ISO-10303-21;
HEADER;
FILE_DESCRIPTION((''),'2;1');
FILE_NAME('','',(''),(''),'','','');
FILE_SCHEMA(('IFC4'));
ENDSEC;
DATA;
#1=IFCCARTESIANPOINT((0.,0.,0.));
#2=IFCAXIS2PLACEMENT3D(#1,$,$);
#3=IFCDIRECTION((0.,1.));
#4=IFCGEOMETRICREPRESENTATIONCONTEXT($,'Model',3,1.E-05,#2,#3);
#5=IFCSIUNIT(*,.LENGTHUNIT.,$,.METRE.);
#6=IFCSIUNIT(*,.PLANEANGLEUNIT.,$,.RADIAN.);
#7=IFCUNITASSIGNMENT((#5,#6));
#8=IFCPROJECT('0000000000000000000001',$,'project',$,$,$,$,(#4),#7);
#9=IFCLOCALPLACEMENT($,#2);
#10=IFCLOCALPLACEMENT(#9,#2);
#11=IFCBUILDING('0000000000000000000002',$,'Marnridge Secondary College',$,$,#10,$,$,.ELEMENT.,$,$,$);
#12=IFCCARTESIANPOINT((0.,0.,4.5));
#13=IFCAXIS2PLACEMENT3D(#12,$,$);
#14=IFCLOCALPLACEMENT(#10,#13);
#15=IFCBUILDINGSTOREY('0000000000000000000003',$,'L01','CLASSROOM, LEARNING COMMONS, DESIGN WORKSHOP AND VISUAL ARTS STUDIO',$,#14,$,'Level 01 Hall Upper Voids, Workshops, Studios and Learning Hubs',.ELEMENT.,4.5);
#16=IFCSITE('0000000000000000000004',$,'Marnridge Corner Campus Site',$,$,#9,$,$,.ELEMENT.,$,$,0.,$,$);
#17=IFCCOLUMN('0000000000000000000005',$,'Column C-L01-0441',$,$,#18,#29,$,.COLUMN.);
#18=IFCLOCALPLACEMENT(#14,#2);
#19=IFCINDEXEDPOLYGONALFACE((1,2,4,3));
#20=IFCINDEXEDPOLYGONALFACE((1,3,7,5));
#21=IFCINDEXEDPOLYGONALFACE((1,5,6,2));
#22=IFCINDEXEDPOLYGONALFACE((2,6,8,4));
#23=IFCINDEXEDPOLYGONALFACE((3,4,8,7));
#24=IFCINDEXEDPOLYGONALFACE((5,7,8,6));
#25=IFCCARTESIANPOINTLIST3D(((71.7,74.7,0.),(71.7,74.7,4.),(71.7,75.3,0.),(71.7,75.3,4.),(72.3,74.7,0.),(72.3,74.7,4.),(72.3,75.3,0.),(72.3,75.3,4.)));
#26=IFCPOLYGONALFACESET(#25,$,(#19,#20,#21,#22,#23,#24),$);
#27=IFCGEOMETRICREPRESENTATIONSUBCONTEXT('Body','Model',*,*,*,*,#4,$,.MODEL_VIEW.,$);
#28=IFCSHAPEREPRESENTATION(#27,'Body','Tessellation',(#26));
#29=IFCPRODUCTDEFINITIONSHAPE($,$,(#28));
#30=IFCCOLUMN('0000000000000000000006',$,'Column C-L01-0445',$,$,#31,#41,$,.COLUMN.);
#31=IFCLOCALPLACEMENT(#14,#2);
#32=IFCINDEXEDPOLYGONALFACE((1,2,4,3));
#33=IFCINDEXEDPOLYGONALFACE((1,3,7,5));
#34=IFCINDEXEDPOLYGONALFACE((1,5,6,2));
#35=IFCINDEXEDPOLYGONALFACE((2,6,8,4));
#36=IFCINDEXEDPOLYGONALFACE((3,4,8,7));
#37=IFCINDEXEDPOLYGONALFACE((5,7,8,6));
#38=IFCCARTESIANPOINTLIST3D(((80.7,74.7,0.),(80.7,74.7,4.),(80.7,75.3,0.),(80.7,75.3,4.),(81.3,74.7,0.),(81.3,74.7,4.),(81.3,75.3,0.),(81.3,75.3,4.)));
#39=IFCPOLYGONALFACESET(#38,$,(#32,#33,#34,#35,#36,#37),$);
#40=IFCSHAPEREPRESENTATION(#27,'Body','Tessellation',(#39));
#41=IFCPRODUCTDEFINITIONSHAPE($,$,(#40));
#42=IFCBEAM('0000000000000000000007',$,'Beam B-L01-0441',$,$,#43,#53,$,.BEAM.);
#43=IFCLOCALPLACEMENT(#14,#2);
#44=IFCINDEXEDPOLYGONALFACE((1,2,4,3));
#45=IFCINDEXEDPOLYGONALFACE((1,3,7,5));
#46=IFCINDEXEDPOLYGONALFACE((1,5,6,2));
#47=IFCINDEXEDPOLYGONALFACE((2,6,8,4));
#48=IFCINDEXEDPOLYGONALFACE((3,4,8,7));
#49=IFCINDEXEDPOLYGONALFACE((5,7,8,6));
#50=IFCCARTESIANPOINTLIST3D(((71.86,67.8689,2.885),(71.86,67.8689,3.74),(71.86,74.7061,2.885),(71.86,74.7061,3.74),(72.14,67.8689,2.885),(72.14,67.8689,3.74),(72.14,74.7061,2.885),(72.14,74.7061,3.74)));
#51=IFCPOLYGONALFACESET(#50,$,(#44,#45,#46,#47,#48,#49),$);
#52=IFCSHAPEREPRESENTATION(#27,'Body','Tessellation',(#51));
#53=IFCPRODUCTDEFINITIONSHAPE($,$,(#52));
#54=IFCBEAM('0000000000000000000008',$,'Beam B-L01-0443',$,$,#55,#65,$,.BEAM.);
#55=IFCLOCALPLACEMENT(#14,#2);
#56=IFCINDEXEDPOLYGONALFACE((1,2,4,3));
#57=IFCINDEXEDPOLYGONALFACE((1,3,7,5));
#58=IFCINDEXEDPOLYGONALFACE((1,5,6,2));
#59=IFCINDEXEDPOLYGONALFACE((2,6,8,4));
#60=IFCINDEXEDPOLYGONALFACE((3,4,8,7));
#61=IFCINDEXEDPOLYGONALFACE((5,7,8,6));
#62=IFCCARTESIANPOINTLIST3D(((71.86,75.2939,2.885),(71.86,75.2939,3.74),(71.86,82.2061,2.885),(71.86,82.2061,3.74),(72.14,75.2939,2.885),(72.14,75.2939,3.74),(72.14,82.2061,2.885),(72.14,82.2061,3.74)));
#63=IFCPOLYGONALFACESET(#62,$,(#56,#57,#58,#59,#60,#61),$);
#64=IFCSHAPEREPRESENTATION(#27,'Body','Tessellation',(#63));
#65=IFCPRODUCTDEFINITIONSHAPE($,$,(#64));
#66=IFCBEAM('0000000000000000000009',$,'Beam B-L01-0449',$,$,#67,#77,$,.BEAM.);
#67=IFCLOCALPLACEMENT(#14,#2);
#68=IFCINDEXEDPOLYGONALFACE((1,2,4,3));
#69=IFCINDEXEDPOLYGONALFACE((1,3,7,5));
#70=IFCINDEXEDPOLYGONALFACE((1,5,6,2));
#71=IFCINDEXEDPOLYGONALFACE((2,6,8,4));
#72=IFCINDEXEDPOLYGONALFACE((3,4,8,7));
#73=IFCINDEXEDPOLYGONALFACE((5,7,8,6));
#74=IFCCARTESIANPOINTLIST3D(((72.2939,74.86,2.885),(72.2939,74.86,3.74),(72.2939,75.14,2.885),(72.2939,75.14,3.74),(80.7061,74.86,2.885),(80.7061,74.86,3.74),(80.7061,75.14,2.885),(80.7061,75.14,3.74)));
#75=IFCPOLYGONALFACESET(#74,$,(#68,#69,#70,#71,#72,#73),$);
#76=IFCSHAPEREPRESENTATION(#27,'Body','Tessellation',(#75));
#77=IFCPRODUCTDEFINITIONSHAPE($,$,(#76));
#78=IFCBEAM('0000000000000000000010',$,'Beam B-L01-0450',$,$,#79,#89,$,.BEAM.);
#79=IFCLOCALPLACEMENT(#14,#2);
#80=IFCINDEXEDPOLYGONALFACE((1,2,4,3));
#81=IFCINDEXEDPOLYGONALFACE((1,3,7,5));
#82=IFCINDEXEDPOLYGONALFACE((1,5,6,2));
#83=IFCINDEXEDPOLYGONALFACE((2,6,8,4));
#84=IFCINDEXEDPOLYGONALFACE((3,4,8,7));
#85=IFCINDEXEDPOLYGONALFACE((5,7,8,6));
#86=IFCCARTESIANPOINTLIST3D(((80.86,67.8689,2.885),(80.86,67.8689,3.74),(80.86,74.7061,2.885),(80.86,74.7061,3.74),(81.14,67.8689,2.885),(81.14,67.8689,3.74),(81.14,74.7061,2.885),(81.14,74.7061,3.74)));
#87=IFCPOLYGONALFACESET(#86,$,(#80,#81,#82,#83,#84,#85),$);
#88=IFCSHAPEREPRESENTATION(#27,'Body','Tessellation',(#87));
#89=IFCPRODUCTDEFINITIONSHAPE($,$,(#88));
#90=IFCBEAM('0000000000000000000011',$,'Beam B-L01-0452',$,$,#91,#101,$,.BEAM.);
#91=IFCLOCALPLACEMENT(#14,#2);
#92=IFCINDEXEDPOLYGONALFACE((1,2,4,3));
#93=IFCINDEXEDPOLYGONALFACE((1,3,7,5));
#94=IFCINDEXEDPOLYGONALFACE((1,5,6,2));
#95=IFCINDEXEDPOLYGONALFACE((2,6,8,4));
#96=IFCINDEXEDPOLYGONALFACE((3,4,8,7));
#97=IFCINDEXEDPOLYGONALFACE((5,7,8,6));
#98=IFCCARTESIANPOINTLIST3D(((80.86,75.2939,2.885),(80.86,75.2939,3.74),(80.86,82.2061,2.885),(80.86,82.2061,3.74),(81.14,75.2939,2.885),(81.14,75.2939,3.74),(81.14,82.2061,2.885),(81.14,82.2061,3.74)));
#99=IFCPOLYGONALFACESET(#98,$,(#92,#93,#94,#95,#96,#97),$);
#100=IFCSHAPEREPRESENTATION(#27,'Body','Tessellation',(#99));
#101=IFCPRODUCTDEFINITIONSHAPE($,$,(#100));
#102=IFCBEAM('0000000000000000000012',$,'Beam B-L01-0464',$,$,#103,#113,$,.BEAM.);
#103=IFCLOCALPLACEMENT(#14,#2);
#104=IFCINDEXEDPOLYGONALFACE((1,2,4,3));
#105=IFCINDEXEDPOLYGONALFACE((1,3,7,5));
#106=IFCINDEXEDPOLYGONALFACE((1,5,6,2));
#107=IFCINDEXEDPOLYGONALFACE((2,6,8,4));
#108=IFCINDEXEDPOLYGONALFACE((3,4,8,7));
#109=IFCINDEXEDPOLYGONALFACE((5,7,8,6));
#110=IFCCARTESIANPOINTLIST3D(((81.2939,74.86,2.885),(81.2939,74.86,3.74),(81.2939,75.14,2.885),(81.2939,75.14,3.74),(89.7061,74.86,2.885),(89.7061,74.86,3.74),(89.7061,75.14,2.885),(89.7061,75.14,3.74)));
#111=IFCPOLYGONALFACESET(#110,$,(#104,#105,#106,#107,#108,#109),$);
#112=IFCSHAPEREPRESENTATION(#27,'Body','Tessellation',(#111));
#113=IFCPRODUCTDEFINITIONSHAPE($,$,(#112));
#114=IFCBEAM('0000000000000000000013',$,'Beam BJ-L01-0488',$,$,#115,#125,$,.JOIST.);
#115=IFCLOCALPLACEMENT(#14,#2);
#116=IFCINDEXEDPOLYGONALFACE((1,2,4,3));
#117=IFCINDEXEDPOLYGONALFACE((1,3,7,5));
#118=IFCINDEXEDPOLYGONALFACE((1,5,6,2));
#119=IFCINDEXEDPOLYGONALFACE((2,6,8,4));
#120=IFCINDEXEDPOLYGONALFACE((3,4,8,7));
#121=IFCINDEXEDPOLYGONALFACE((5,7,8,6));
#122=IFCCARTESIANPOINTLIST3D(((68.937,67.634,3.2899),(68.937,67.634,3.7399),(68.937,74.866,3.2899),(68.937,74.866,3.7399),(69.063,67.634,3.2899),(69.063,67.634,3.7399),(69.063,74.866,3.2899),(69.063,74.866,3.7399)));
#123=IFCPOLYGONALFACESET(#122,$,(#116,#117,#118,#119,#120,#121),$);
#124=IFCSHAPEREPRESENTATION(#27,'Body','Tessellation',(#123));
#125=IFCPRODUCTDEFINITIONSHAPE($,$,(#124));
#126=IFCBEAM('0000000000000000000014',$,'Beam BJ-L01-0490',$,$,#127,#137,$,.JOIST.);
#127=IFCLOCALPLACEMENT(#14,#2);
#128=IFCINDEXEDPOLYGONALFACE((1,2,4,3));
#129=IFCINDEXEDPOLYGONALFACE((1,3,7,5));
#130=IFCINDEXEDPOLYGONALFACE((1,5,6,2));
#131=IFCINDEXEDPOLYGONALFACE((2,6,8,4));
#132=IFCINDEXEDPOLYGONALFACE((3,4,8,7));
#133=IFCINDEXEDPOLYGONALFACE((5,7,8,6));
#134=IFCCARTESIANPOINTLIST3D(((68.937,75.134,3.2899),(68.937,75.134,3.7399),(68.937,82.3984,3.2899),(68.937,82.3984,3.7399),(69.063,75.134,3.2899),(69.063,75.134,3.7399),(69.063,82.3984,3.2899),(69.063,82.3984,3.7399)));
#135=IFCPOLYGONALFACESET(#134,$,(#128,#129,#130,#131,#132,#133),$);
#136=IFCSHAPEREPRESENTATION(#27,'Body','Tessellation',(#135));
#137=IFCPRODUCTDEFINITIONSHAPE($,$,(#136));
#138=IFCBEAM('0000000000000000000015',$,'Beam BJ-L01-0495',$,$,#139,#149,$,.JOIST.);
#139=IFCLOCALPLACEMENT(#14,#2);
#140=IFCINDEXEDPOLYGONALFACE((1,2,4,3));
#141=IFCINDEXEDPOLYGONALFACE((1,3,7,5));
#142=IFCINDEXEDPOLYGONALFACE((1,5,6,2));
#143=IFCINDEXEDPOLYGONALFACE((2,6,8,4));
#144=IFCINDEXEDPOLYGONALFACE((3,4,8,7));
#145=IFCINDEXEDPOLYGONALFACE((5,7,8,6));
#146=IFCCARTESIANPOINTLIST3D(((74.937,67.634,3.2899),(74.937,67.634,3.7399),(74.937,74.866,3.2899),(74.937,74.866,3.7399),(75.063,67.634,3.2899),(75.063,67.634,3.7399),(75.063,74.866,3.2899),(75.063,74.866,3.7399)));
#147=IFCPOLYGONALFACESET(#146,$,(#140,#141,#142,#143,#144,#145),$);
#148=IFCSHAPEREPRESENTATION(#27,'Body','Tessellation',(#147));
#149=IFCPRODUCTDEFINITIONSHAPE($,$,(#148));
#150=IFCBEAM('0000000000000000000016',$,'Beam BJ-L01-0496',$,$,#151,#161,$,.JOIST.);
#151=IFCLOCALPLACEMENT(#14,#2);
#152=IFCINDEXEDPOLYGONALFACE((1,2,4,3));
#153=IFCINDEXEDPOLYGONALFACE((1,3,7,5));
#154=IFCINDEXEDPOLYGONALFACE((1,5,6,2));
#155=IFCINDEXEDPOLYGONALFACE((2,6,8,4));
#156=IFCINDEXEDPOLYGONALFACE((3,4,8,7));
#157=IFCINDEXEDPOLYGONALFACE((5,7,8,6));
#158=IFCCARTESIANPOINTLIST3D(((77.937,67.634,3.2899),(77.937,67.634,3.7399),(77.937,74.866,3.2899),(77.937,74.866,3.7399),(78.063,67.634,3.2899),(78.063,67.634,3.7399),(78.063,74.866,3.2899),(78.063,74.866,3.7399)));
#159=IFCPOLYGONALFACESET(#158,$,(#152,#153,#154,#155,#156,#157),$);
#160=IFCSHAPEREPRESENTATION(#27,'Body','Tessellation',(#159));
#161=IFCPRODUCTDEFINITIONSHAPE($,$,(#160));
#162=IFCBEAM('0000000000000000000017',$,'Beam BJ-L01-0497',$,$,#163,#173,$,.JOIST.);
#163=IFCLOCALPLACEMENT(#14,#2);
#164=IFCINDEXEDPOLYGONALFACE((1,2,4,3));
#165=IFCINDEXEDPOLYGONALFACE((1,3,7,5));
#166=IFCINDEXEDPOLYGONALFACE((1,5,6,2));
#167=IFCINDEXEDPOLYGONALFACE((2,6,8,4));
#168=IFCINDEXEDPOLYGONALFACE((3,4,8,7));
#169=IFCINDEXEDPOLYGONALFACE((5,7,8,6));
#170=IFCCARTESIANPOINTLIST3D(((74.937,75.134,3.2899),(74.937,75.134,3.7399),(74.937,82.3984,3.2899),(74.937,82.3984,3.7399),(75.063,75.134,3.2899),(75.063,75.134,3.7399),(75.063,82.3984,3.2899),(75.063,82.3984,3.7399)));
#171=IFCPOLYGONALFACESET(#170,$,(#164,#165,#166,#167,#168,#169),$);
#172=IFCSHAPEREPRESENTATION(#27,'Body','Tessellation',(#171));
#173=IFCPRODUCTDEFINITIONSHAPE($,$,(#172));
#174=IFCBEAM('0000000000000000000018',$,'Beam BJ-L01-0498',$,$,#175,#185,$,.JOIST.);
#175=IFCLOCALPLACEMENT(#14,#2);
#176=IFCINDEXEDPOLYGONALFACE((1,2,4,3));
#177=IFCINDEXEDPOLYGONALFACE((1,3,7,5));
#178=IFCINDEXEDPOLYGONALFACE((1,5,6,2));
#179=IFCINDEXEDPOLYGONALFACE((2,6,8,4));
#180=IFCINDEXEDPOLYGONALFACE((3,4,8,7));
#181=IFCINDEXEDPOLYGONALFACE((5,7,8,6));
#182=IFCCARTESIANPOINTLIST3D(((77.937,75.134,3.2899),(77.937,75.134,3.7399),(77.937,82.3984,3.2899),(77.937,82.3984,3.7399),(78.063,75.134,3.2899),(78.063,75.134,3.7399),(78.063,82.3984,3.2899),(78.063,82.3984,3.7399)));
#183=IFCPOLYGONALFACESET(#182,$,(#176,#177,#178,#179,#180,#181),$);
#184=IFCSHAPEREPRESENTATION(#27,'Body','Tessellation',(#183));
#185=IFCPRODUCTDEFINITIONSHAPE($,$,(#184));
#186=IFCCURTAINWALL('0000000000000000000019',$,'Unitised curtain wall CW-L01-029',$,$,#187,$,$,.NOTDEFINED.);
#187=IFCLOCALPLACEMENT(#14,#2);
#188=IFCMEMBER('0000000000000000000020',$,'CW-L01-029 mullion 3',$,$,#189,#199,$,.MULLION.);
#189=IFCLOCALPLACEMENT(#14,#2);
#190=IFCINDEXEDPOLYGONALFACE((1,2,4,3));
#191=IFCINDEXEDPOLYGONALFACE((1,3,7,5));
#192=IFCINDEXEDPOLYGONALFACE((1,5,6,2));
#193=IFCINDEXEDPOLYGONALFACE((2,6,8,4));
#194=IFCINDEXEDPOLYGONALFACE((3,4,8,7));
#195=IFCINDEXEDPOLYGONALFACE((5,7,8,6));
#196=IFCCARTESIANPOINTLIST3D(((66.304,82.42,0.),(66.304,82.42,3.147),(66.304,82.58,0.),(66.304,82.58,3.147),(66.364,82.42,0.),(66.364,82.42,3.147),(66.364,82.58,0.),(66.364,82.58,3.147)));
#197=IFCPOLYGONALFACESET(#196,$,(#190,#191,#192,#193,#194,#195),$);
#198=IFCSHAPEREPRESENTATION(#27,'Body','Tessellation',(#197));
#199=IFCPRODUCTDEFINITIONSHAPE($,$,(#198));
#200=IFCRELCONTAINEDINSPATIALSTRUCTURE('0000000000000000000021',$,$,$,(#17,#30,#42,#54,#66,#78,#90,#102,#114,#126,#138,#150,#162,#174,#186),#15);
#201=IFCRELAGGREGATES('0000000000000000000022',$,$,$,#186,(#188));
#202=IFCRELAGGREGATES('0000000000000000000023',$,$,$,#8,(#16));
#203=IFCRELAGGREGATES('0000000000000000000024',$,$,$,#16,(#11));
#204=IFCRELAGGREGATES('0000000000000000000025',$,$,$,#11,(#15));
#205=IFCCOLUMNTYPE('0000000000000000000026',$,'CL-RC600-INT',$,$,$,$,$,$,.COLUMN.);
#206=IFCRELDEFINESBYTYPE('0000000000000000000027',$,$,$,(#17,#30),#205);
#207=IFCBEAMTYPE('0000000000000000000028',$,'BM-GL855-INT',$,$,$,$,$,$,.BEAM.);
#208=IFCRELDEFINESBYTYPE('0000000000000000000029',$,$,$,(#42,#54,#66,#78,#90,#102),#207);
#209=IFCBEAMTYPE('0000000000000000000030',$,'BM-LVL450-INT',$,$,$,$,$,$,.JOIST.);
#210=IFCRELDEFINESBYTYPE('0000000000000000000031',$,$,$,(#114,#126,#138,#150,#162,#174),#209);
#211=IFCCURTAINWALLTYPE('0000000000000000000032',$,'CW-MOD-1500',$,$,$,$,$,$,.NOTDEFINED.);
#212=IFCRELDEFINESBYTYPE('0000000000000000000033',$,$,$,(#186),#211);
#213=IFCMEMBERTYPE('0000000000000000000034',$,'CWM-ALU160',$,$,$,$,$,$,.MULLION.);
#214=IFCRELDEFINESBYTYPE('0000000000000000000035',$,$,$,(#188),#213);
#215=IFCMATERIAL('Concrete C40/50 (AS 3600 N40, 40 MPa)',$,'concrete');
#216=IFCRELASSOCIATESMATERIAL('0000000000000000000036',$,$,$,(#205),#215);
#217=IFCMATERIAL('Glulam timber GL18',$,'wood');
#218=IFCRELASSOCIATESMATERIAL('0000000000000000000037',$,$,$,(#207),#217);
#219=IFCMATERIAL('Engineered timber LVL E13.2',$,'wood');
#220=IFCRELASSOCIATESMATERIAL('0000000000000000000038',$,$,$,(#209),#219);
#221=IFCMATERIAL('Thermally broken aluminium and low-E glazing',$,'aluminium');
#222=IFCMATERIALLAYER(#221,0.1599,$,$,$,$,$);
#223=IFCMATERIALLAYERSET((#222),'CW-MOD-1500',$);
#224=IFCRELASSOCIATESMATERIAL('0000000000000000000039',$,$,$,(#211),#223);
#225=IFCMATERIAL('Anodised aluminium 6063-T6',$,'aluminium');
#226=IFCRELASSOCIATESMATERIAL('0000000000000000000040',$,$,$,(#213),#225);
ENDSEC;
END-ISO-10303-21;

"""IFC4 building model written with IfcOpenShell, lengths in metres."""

from ifc_helpers import new_model, si_unit, direction, frame, origin, origin_2d, place, context, subcontext, project, spatial, rectangle, extrude, material, layer, layer_set, material_profile, profile_set, type_object, element, aggregate, save


model = new_model("IFC4")

# Units and contexts
model_context = context("Model", 3, precision=1e-05, world=origin(), true_north=direction((0.0, 1.0)))
body_context = subcontext(model_context, "Body", "Model", "MODEL_VIEW")
ifc_project = project(units=[si_unit("LENGTHUNIT", "METRE"), si_unit("PLANEANGLEUNIT", "RADIAN")], contexts=[model_context])

# Site, building, storey
site_placement = place(None, origin())
site = spatial("IfcSite", under=ifc_project, at=site_placement, Name="Marnridge Corner Campus Site", CompositionType="ELEMENT", RefElevation=0.0)
building_placement = place(site_placement, origin())
building = spatial("IfcBuilding", under=site, at=building_placement, Name="Marnridge Secondary College", CompositionType="ELEMENT")
storey_placement = place(building_placement, frame((0.0, 0.0, 4.5)))
storey = spatial("IfcBuildingStorey", under=building, at=storey_placement, Name="L01", Description="CLASSROOM, LEARNING COMMONS, DESIGN WORKSHOP AND VISUAL ARTS STUDIO", LongName="Level 01 Hall Upper Voids, Workshops, Studios and Learning Hubs", CompositionType="ELEMENT", Elevation=4.5)

# Columns
ifc_material_1 = material(Name="Concrete C40/50 (AS 3600 N40, 40 MPa)", Category="concrete")
ifc_material_profile_1 = material_profile(ifc_material_1, rectangle(XDim=0.6001, YDim=0.6001, at=origin_2d()), Name="RC 600x600")
ifc_profile_set_1 = profile_set([ifc_material_profile_1], Name="Concrete C40/50 (AS 3600 N40, 40 MPa)")
column_type = type_object("IfcColumnType", Name="CL-RC600-INT", PredefinedType="COLUMN", material=ifc_profile_set_1)
for number, where, z_axis, x_axis, name in (
    (1, (72.0, 75.0, 0.0), (0.0, 0.0, 1.0), (1.0, 0.0, 0.0), "Column C-L01-0441"),
    (2, (81.0, 75.0, 0.0), (0.0, 0.0, 1.0), (1.0, 0.0, 0.0), "Column C-L01-0445"),
):
    element("IfcColumn", number, at=place(storey_placement, frame(where, z_axis=z_axis, x_axis=x_axis)), inside=storey, type_object=column_type, Name=name, PredefinedType="COLUMN", context=body_context, shape_type="SweptSolid", body=[
        extrude(rectangle(XDim=0.6001, YDim=0.6001, at=origin_2d()), origin(), (0.0, 0.0, 1.0), 4.0),
    ])

# Beams
ifc_material_2 = material(Name="Glulam timber GL18", Category="wood")
ifc_material_profile_2 = material_profile(ifc_material_2, rectangle(XDim=0.28, YDim=0.855, at=origin_2d()), Name="GL18 280x855")
ifc_profile_set_2 = profile_set([ifc_material_profile_2], Name="Glulam timber GL18")
beam_type_1 = type_object("IfcBeamType", Name="BM-GL855-INT", PredefinedType="BEAM", material=ifc_profile_set_2)
beam_1_placement = place(storey_placement, frame((72.0, 67.8689, 3.3125), z_axis=(0.0, 1.0, 0.0), x_axis=(-1.0, 0.0, 0.0)))
element("IfcBeam", 3, at=beam_1_placement, inside=storey, type_object=beam_type_1, Name="Beam B-L01-0441", PredefinedType="BEAM", context=body_context, shape_type="SweptSolid", body=[
    extrude(rectangle(XDim=0.28, YDim=0.855, at=origin_2d()), origin(), (0.0, 0.0, 1.0), 6.8372),
])
beam_2_placement = place(storey_placement, frame((72.0, 75.2939, 3.3125), z_axis=(0.0, 1.0, 0.0), x_axis=(-1.0, 0.0, 0.0)))
element("IfcBeam", 4, at=beam_2_placement, inside=storey, type_object=beam_type_1, Name="Beam B-L01-0443", PredefinedType="BEAM", context=body_context, shape_type="SweptSolid", body=[
    extrude(rectangle(XDim=0.28, YDim=0.855, at=origin_2d()), origin(), (0.0, 0.0, 1.0), 6.9121),
])
beam_3_placement = place(storey_placement, frame((72.2939, 75.0, 3.3125), z_axis=(1.0, 0.0, 0.0), x_axis=(0.0, 1.0, 0.0)))
element("IfcBeam", 5, at=beam_3_placement, inside=storey, type_object=beam_type_1, Name="Beam B-L01-0449", PredefinedType="BEAM", context=body_context, shape_type="SweptSolid", body=[
    extrude(rectangle(XDim=0.28, YDim=0.855, at=origin_2d()), origin(), (0.0, 0.0, 1.0), 8.4121),
])
beam_4_placement = place(storey_placement, frame((81.0, 67.8689, 3.3125), z_axis=(0.0, 1.0, 0.0), x_axis=(-1.0, 0.0, 0.0)))
element("IfcBeam", 6, at=beam_4_placement, inside=storey, type_object=beam_type_1, Name="Beam B-L01-0450", PredefinedType="BEAM", context=body_context, shape_type="SweptSolid", body=[
    extrude(rectangle(XDim=0.28, YDim=0.855, at=origin_2d()), origin(), (0.0, 0.0, 1.0), 6.8372),
])
beam_5_placement = place(storey_placement, frame((81.0, 75.2939, 3.3125), z_axis=(0.0, 1.0, 0.0), x_axis=(-1.0, 0.0, 0.0)))
element("IfcBeam", 7, at=beam_5_placement, inside=storey, type_object=beam_type_1, Name="Beam B-L01-0452", PredefinedType="BEAM", context=body_context, shape_type="SweptSolid", body=[
    extrude(rectangle(XDim=0.28, YDim=0.855, at=origin_2d()), origin(), (0.0, 0.0, 1.0), 6.9121),
])
beam_6_placement = place(storey_placement, frame((81.2939, 75.0, 3.3125), z_axis=(1.0, 0.0, 0.0), x_axis=(0.0, 1.0, 0.0)))
element("IfcBeam", 8, at=beam_6_placement, inside=storey, type_object=beam_type_1, Name="Beam B-L01-0464", PredefinedType="BEAM", context=body_context, shape_type="SweptSolid", body=[
    extrude(rectangle(XDim=0.28, YDim=0.855, at=origin_2d()), origin(), (0.0, 0.0, 1.0), 8.4121),
])
ifc_material_3 = material(Name="Engineered timber LVL E13.2", Category="wood")
ifc_material_profile_3 = material_profile(ifc_material_3, rectangle(XDim=0.126, YDim=0.45, at=origin_2d()), Name="LVL 126x450")
ifc_profile_set_3 = profile_set([ifc_material_profile_3], Name="Engineered timber LVL E13.2")
beam_type_2 = type_object("IfcBeamType", Name="BM-LVL450-INT", PredefinedType="JOIST", material=ifc_profile_set_3)
beam_7_placement = place(storey_placement, frame((69.0, 67.634, 3.5149), z_axis=(0.0, 1.0, 0.0), x_axis=(-1.0, 0.0, 0.0)))
element("IfcBeam", 9, at=beam_7_placement, inside=storey, type_object=beam_type_2, Name="Beam BJ-L01-0488", PredefinedType="JOIST", context=body_context, shape_type="SweptSolid", body=[
    extrude(rectangle(XDim=0.126, YDim=0.45, at=origin_2d()), origin(), (0.0, 0.0, 1.0), 7.2319),
])
beam_8_placement = place(storey_placement, frame((69.0, 75.134, 3.5149), z_axis=(0.0, 1.0, 0.0), x_axis=(-1.0, 0.0, 0.0)))
element("IfcBeam", 10, at=beam_8_placement, inside=storey, type_object=beam_type_2, Name="Beam BJ-L01-0490", PredefinedType="JOIST", context=body_context, shape_type="SweptSolid", body=[
    extrude(rectangle(XDim=0.126, YDim=0.45, at=origin_2d()), origin(), (0.0, 0.0, 1.0), 7.2644),
])
for number, where, z_axis, x_axis, name in (
    (11, (75.0, 67.634, 3.5149), (0.0, 1.0, 0.0), (-1.0, 0.0, 0.0), "Beam BJ-L01-0495"),
    (12, (78.0, 67.634, 3.5149), (0.0, 1.0, 0.0), (-1.0, 0.0, 0.0), "Beam BJ-L01-0496"),
):
    element("IfcBeam", number, at=place(storey_placement, frame(where, z_axis=z_axis, x_axis=x_axis)), inside=storey, type_object=beam_type_2, Name=name, PredefinedType="JOIST", context=body_context, shape_type="SweptSolid", body=[
        extrude(rectangle(XDim=0.126, YDim=0.45, at=origin_2d()), origin(), (0.0, 0.0, 1.0), 7.2319),
    ])
for number, where, z_axis, x_axis, name in (
    (13, (75.0, 75.134, 3.5149), (0.0, 1.0, 0.0), (-1.0, 0.0, 0.0), "Beam BJ-L01-0497"),
    (14, (78.0, 75.134, 3.5149), (0.0, 1.0, 0.0), (-1.0, 0.0, 0.0), "Beam BJ-L01-0498"),
):
    element("IfcBeam", number, at=place(storey_placement, frame(where, z_axis=z_axis, x_axis=x_axis)), inside=storey, type_object=beam_type_2, Name=name, PredefinedType="JOIST", context=body_context, shape_type="SweptSolid", body=[
        extrude(rectangle(XDim=0.126, YDim=0.45, at=origin_2d()), origin(), (0.0, 0.0, 1.0), 7.2644),
    ])

# Curtain wall, member
ifc_material_4 = material(Name="Thermally broken aluminium and low-E glazing", Category="aluminium")
ifc_layer_1 = layer(ifc_material_4, 0.1599)
ifc_layer_set_1 = layer_set([ifc_layer_1], Name="CW-MOD-1500")
curtain_wall_type = type_object("IfcCurtainWallType", Name="CW-MOD-1500", PredefinedType="NOTDEFINED", material=ifc_layer_set_1)
curtain_wall_placement = place(storey_placement, origin())
curtain_wall = element("IfcCurtainWall", 15, at=curtain_wall_placement, inside=storey, type_object=curtain_wall_type, Name="Unitised curtain wall CW-L01-029", PredefinedType="NOTDEFINED")
ifc_material_5 = material(Name="Anodised aluminium 6063-T6", Category="aluminium")
ifc_material_profile_4 = material_profile(ifc_material_5, rectangle(XDim=0.0601, YDim=0.1599, at=origin_2d()), Name="ALU 60x160")
ifc_profile_set_4 = profile_set([ifc_material_profile_4], Name="Anodised aluminium 6063-T6")
member_type_1 = type_object("IfcMemberType", Name="CWM-ALU160", PredefinedType="MULLION", material=ifc_profile_set_4)
member_1_placement = place(storey_placement, frame((66.334, 82.5, 0.0), z_axis=(0.0, 0.0, 1.0), x_axis=(1.0, 0.0, 0.0)))
member_1 = element("IfcMember", 16, at=member_1_placement, type_object=member_type_1, Name="CW-L01-029 mullion 3", PredefinedType="MULLION", context=body_context, shape_type="SweptSolid", body=[
    extrude(rectangle(XDim=0.0601, YDim=0.1599, at=origin_2d()), origin(), (0.0, 0.0, 1.0), 3.147),
])
aggregate(curtain_wall, [member_1])

save(model, "model.ifc")
